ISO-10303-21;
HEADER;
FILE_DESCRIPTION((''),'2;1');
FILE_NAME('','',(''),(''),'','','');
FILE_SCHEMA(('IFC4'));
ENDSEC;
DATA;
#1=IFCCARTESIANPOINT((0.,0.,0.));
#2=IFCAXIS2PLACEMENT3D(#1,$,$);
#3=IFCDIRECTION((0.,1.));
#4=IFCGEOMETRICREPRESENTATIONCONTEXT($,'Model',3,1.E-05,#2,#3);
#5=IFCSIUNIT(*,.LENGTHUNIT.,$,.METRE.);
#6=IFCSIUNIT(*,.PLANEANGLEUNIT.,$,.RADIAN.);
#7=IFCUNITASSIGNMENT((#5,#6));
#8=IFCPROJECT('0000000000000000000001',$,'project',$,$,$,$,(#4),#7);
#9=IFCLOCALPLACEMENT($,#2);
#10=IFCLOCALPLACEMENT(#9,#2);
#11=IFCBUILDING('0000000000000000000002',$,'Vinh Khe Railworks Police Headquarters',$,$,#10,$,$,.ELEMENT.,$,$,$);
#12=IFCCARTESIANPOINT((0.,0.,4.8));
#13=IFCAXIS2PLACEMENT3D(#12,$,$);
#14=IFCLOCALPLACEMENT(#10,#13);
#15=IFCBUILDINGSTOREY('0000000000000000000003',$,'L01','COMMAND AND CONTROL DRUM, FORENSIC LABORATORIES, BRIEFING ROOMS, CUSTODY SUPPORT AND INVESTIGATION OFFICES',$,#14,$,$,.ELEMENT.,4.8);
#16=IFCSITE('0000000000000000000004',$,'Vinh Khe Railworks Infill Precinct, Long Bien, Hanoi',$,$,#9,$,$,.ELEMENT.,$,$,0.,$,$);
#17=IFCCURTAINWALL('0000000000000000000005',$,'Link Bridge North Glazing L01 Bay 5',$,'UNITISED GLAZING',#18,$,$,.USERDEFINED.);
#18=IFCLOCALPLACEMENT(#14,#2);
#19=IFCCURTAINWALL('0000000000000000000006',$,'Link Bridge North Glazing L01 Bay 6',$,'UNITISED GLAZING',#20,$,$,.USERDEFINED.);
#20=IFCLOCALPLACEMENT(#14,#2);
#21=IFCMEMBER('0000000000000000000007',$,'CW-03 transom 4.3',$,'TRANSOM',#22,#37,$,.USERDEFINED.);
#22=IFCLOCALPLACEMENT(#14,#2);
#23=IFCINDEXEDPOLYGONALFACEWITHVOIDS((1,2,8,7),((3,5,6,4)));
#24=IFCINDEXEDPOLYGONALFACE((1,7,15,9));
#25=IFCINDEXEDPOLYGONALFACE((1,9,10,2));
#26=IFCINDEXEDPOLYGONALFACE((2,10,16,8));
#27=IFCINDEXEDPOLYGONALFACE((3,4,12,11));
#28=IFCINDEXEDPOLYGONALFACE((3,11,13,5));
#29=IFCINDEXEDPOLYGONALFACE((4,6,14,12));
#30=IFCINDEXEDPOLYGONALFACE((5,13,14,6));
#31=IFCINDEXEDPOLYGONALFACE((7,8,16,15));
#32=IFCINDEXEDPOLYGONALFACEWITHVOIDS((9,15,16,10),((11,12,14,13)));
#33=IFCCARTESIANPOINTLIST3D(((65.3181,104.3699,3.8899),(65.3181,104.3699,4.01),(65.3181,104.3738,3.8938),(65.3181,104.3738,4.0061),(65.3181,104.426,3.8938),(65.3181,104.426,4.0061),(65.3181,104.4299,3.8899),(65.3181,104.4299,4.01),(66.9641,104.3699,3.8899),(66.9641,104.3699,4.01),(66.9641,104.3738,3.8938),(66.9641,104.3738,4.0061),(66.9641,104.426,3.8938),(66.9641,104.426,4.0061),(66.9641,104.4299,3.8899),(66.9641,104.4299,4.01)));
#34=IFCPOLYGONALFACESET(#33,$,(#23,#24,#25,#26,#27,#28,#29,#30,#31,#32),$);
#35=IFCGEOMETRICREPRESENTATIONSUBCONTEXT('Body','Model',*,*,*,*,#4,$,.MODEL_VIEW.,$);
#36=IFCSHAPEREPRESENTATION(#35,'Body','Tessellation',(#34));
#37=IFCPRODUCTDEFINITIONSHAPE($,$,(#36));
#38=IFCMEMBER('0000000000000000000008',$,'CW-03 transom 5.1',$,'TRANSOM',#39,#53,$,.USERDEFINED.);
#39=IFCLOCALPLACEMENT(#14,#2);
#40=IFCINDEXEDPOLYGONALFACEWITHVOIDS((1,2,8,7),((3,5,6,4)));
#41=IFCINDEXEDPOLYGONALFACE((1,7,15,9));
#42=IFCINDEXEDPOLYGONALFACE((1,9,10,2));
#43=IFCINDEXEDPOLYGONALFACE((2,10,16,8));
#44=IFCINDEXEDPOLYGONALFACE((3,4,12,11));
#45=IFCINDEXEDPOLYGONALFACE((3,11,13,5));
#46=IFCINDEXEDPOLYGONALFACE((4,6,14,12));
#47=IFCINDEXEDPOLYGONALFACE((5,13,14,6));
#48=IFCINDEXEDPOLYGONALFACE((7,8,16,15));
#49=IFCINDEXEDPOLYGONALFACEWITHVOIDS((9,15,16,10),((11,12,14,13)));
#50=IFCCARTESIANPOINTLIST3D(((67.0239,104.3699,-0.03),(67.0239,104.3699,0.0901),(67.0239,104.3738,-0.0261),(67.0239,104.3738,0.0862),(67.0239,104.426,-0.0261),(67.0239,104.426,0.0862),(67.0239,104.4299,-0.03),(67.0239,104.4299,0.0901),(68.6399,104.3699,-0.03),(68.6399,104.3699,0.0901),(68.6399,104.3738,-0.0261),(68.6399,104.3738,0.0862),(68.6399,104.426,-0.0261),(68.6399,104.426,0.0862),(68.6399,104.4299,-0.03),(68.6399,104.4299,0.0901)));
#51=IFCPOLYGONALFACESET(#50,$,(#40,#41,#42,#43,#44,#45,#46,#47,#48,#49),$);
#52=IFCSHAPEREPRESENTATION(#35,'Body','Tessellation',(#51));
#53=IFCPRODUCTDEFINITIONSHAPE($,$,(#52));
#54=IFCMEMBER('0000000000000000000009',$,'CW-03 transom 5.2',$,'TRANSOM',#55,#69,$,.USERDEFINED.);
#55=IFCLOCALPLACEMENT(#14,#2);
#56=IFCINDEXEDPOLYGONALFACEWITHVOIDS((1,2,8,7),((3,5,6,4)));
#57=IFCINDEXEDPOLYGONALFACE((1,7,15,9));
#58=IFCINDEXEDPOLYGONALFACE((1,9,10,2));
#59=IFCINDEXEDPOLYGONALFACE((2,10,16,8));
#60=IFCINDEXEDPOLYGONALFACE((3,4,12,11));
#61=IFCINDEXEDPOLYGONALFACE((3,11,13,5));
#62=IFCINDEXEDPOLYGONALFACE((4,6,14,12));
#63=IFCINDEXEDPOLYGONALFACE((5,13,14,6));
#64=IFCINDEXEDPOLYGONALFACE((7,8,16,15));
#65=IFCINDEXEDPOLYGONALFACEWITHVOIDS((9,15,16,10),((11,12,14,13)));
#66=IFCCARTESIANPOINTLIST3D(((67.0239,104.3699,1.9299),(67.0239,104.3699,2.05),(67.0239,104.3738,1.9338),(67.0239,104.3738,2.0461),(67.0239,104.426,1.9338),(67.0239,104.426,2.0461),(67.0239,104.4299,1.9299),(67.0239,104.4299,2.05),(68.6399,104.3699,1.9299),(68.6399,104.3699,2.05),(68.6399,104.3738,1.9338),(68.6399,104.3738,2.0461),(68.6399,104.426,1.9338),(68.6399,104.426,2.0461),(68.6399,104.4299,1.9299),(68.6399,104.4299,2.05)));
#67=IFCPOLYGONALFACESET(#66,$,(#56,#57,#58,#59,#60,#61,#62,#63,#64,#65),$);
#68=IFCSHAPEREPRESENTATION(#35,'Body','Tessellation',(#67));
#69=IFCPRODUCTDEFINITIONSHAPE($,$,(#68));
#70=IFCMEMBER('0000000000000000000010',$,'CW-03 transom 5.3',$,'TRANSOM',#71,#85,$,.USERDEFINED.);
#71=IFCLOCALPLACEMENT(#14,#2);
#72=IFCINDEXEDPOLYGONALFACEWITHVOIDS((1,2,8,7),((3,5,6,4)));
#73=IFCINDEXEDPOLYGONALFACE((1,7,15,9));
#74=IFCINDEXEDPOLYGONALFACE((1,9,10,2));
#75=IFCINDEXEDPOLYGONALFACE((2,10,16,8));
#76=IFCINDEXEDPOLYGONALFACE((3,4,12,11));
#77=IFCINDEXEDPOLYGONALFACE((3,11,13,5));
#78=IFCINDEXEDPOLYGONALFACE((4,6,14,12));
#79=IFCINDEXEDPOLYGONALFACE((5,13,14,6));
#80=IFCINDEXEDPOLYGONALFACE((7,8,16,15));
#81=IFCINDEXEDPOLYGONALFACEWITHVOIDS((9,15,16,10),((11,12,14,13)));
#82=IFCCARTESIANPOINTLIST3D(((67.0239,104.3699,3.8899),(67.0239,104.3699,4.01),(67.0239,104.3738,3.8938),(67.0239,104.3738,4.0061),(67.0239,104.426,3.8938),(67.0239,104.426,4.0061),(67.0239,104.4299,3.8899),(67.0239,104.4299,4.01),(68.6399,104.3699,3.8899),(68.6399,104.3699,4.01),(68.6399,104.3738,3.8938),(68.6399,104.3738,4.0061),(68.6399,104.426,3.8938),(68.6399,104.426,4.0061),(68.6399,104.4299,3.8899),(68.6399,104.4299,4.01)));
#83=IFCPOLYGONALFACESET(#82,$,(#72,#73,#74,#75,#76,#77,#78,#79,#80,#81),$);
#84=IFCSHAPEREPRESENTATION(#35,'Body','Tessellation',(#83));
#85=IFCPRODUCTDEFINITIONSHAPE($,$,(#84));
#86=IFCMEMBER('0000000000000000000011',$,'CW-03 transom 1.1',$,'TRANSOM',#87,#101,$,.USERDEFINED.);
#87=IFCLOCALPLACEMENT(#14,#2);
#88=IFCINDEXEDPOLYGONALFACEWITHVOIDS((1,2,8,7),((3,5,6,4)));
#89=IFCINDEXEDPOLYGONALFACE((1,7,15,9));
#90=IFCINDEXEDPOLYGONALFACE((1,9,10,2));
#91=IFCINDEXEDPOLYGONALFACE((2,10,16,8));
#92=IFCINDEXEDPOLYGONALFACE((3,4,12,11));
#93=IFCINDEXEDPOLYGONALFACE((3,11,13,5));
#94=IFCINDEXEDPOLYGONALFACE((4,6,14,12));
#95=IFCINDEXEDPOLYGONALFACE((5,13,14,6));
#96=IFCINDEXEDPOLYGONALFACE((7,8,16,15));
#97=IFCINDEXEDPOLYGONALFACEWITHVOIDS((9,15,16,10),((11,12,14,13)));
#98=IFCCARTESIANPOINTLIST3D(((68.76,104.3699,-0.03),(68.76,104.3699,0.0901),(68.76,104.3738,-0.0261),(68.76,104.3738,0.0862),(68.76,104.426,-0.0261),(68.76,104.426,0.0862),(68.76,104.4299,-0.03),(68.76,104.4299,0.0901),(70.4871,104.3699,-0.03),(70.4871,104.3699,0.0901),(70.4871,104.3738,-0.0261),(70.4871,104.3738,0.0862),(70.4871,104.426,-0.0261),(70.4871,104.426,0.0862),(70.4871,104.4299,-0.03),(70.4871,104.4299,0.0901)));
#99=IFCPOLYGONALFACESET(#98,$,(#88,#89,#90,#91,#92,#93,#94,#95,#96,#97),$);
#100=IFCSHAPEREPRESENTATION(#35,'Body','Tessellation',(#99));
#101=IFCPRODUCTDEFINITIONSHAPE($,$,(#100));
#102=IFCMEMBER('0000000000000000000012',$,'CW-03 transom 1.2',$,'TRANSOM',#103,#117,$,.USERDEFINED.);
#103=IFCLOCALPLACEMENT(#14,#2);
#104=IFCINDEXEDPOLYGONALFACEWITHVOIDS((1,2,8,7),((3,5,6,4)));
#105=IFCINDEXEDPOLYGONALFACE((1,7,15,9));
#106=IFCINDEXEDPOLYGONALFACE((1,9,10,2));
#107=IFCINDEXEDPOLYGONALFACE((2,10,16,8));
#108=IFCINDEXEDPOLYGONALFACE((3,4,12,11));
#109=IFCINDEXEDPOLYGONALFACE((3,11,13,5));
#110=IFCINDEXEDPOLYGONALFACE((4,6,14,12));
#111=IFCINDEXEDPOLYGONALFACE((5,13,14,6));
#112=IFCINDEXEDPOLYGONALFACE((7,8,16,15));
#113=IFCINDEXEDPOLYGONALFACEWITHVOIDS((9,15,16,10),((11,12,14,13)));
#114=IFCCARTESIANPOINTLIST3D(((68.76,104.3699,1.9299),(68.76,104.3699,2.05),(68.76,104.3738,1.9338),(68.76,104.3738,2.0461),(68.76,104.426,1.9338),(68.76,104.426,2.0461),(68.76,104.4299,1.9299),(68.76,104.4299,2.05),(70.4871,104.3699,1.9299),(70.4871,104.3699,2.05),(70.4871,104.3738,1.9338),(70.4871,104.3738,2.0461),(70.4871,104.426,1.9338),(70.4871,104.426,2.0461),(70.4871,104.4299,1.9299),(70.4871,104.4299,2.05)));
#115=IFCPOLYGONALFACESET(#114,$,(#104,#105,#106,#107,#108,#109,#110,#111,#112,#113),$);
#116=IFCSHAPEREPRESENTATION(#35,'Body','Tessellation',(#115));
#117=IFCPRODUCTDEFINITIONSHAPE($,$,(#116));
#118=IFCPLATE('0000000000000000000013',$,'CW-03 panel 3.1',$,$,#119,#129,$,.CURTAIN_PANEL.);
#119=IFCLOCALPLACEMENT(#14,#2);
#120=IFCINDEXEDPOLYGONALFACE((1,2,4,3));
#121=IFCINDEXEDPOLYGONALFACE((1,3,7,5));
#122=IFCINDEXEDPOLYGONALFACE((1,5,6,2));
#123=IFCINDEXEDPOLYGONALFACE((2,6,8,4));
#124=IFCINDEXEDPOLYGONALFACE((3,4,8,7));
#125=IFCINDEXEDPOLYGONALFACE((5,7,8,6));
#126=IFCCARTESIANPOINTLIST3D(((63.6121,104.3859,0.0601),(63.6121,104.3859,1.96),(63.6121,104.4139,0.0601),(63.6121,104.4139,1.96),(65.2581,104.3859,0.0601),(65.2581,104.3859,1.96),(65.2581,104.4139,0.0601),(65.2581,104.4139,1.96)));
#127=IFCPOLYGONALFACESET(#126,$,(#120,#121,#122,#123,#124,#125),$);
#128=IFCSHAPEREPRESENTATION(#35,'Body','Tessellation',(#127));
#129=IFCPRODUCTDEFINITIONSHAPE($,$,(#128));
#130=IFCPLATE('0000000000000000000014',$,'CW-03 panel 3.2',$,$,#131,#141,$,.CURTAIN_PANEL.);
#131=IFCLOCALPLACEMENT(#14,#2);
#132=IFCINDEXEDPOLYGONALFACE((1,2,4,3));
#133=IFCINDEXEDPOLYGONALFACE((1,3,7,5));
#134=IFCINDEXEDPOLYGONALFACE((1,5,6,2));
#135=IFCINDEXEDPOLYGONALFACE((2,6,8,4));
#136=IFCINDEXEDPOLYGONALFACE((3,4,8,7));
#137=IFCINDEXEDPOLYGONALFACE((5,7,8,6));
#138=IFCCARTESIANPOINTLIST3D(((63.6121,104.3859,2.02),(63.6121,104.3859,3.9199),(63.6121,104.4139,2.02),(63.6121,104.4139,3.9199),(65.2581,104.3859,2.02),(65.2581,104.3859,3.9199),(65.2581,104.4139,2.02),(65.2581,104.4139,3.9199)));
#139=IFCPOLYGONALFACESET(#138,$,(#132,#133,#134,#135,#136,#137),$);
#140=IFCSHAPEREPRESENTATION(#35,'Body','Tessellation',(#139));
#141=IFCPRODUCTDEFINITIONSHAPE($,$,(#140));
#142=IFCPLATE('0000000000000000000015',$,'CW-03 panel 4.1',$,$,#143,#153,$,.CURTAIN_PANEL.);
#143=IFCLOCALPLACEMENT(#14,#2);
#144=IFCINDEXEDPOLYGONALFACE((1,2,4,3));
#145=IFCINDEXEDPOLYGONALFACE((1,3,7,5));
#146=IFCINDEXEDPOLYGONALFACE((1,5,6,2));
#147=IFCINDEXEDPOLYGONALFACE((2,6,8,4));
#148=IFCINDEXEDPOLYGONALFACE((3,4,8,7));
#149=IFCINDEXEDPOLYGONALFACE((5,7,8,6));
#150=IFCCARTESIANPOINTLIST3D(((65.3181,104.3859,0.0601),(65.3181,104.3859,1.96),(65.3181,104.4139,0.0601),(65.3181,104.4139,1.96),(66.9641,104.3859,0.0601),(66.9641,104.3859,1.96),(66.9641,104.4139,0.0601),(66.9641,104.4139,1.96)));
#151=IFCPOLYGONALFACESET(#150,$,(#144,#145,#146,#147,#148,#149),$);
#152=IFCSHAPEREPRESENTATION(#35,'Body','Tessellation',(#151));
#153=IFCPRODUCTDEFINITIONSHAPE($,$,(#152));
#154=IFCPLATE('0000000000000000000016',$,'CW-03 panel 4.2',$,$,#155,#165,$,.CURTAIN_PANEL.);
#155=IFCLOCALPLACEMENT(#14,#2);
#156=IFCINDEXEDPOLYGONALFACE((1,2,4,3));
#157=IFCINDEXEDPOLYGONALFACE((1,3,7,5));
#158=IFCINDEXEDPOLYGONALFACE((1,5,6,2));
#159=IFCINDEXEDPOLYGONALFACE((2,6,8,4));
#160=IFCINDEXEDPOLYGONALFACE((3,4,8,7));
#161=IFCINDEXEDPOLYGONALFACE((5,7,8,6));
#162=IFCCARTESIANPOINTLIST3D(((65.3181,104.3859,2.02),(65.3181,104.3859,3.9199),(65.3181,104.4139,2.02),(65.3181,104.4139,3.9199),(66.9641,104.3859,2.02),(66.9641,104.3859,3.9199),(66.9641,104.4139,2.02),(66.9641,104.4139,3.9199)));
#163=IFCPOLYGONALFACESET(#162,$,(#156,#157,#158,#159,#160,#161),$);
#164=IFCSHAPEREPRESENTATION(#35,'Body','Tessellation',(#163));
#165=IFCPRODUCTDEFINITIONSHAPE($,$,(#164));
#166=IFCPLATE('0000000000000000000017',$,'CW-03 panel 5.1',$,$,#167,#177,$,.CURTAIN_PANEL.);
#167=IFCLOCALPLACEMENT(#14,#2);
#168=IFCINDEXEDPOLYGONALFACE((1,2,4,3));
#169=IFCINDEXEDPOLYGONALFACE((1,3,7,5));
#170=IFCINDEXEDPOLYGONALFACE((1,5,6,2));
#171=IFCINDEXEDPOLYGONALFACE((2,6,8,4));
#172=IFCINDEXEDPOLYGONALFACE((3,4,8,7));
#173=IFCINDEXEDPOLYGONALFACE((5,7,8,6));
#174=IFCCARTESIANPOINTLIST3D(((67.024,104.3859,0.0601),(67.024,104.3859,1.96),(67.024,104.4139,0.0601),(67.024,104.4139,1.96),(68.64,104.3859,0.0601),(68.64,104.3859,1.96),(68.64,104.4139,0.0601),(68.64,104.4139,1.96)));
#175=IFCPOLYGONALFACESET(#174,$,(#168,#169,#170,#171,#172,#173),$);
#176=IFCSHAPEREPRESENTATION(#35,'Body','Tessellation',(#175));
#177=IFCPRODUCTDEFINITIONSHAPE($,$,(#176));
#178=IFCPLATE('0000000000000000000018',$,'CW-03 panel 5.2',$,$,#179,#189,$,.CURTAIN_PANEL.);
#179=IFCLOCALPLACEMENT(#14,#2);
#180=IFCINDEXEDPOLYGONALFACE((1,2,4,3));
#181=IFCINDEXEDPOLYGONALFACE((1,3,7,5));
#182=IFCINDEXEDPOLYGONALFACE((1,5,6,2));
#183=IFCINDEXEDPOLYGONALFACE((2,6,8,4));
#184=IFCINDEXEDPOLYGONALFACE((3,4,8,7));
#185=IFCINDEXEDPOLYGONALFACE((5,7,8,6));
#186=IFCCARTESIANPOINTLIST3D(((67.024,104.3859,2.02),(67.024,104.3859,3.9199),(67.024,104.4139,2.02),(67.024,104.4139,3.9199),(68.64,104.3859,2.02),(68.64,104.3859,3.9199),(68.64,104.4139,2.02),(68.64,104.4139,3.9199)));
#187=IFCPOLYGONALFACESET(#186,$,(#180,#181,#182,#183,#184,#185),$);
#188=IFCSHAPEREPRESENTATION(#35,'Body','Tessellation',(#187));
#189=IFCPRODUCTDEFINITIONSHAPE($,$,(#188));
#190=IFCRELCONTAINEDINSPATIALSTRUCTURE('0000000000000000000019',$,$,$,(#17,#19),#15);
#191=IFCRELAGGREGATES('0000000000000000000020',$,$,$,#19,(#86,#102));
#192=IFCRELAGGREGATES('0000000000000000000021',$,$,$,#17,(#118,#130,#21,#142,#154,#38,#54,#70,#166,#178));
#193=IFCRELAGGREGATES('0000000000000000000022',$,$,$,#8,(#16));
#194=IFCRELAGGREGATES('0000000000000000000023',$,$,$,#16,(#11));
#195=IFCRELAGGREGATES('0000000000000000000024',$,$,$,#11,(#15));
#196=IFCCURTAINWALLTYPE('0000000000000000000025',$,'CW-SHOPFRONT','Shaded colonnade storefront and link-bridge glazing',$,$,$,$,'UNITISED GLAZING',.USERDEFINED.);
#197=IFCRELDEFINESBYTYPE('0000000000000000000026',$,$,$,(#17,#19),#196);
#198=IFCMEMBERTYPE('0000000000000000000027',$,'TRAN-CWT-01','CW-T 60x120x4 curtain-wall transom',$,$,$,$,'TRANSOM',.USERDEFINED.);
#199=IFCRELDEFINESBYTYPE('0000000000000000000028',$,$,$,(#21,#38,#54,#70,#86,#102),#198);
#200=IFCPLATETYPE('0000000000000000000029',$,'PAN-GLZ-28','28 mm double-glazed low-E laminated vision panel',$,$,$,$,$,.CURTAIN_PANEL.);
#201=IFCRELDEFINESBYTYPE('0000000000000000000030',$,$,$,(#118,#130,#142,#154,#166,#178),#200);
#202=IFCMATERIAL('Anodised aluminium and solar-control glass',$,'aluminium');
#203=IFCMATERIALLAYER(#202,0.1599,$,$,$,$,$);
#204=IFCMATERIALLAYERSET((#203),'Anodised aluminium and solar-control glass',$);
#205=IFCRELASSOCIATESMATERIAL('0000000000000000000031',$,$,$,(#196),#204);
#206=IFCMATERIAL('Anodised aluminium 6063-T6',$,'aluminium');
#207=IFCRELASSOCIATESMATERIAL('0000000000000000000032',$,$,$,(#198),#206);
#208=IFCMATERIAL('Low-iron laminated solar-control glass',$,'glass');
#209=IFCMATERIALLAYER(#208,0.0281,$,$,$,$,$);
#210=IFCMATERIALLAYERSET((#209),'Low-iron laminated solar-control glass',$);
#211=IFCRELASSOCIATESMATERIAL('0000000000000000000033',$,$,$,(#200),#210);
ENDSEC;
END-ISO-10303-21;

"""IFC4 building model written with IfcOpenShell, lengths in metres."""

from ifc_helpers import new_model, si_unit, direction, frame, origin, origin_2d, place, context, subcontext, project, spatial, rectangle, hollow_rectangle, extrude, material, layer, layer_set, material_profile, profile_set, type_object, element, aggregate, save


model = new_model("IFC4")

# Units and contexts
model_context = context("Model", 3, precision=1e-05, world=origin(), true_north=direction((0.0, 1.0)))
body_context = subcontext(model_context, "Body", "Model", "MODEL_VIEW")
ifc_project = project(units=[si_unit("LENGTHUNIT", "METRE"), si_unit("PLANEANGLEUNIT", "RADIAN")], contexts=[model_context])

# Site, building, storey
site_placement = place(None, origin())
site = spatial("IfcSite", under=ifc_project, at=site_placement, Name="Vinh Khe Railworks Infill Precinct, Long Bien, Hanoi", CompositionType="ELEMENT", RefElevation=0.0)
building_placement = place(site_placement, origin())
building = spatial("IfcBuilding", under=site, at=building_placement, Name="Vinh Khe Railworks Police Headquarters", CompositionType="ELEMENT")
storey_placement = place(building_placement, frame((0.0, 0.0, 4.8)))
storey = spatial("IfcBuildingStorey", under=building, at=storey_placement, Name="L01", Description="COMMAND AND CONTROL DRUM, FORENSIC LABORATORIES, BRIEFING ROOMS, CUSTODY SUPPORT AND INVESTIGATION OFFICES", CompositionType="ELEMENT", Elevation=4.8)

# Curtain wall
ifc_material_1 = material(Name="Anodised aluminium and solar-control glass", Category="aluminium")
ifc_layer_1 = layer(ifc_material_1, 0.1599)
ifc_layer_set_1 = layer_set([ifc_layer_1], Name="Anodised aluminium and solar-control glass")
curtain_wall_type = type_object("IfcCurtainWallType", Name="CW-SHOPFRONT", Description="Shaded colonnade storefront and link-bridge glazing", ElementType="UNITISED GLAZING", PredefinedType="USERDEFINED", material=ifc_layer_set_1)
curtain_wall_1_placement = place(storey_placement, origin())
curtain_wall_1 = element("IfcCurtainWall", 1, at=curtain_wall_1_placement, inside=storey, type_object=curtain_wall_type, Name="Link Bridge North Glazing L01 Bay 5", ObjectType="UNITISED GLAZING", PredefinedType="USERDEFINED")
ifc_material_2 = material(Name="Anodised aluminium 6063-T6", Category="aluminium")

# Curtain wall
curtain_wall_2_placement = place(storey_placement, origin())
curtain_wall_2 = element("IfcCurtainWall", 2, at=curtain_wall_2_placement, inside=storey, type_object=curtain_wall_type, Name="Link Bridge North Glazing L01 Bay 6", ObjectType="UNITISED GLAZING", PredefinedType="USERDEFINED")

# Members
ifc_material_profile_1 = material_profile(ifc_material_2, hollow_rectangle(XDim=0.0601, YDim=0.1201, WallThickness=0.0039, at=origin_2d()), Name="CW-T 60x120x4")
ifc_profile_set_1 = profile_set([ifc_material_profile_1], Name="Anodised aluminium 6063-T6")
member_type_1 = type_object("IfcMemberType", Name="TRAN-CWT-01", Description="CW-T 60x120x4 curtain-wall transom", ElementType="TRANSOM", PredefinedType="USERDEFINED", material=ifc_profile_set_1)
member_1_placement = place(storey_placement, frame((65.3181, 104.3999, 3.95), z_axis=(1.0, 0.0, 0.0), x_axis=(0.0, 1.0, 0.0)))
member_1 = element("IfcMember", 3, at=member_1_placement, type_object=member_type_1, Name="CW-03 transom 4.3", ObjectType="TRANSOM", PredefinedType="USERDEFINED", context=body_context, shape_type="SweptSolid", body=[
    extrude(hollow_rectangle(XDim=0.0601, YDim=0.1201, WallThickness=0.0039, at=origin_2d()), origin(), (0.0, 0.0, 1.0), 1.646),
])
member_2_placement = place(storey_placement, frame((67.0239, 104.3999, 0.03), z_axis=(1.0, 0.0, 0.0), x_axis=(0.0, 1.0, 0.0)))
member_2 = element("IfcMember", 4, at=member_2_placement, type_object=member_type_1, Name="CW-03 transom 5.1", ObjectType="TRANSOM", PredefinedType="USERDEFINED", context=body_context, shape_type="SweptSolid", body=[
    extrude(hollow_rectangle(XDim=0.0601, YDim=0.1201, WallThickness=0.0039, at=origin_2d()), origin(), (0.0, 0.0, 1.0), 1.616),
])
member_3_placement = place(storey_placement, frame((67.0239, 104.3999, 1.99), z_axis=(1.0, 0.0, 0.0), x_axis=(0.0, 1.0, 0.0)))
member_3 = element("IfcMember", 5, at=member_3_placement, type_object=member_type_1, Name="CW-03 transom 5.2", ObjectType="TRANSOM", PredefinedType="USERDEFINED", context=body_context, shape_type="SweptSolid", body=[
    extrude(hollow_rectangle(XDim=0.0601, YDim=0.1201, WallThickness=0.0039, at=origin_2d()), origin(), (0.0, 0.0, 1.0), 1.616),
])
member_4_placement = place(storey_placement, frame((67.0239, 104.3999, 3.95), z_axis=(1.0, 0.0, 0.0), x_axis=(0.0, 1.0, 0.0)))
member_4 = element("IfcMember", 6, at=member_4_placement, type_object=member_type_1, Name="CW-03 transom 5.3", ObjectType="TRANSOM", PredefinedType="USERDEFINED", context=body_context, shape_type="SweptSolid", body=[
    extrude(hollow_rectangle(XDim=0.0601, YDim=0.1201, WallThickness=0.0039, at=origin_2d()), origin(), (0.0, 0.0, 1.0), 1.616),
])
member_5_placement = place(storey_placement, frame((68.76, 104.3999, 0.03), z_axis=(1.0, 0.0, 0.0), x_axis=(0.0, 1.0, 0.0)))
member_5 = element("IfcMember", 7, at=member_5_placement, type_object=member_type_1, Name="CW-03 transom 1.1", ObjectType="TRANSOM", PredefinedType="USERDEFINED", context=body_context, shape_type="SweptSolid", body=[
    extrude(hollow_rectangle(XDim=0.0601, YDim=0.1201, WallThickness=0.0039, at=origin_2d()), origin(), (0.0, 0.0, 1.0), 1.7271),
])
member_6_placement = place(storey_placement, frame((68.76, 104.3999, 1.99), z_axis=(1.0, 0.0, 0.0), x_axis=(0.0, 1.0, 0.0)))
member_6 = element("IfcMember", 8, at=member_6_placement, type_object=member_type_1, Name="CW-03 transom 1.2", ObjectType="TRANSOM", PredefinedType="USERDEFINED", context=body_context, shape_type="SweptSolid", body=[
    extrude(hollow_rectangle(XDim=0.0601, YDim=0.1201, WallThickness=0.0039, at=origin_2d()), origin(), (0.0, 0.0, 1.0), 1.7271),
])
aggregate(curtain_wall_2, [member_5, member_6])

# Plates
ifc_material_3 = material(Name="Low-iron laminated solar-control glass", Category="glass")
ifc_layer_2 = layer(ifc_material_3, 0.0281)
ifc_layer_set_2 = layer_set([ifc_layer_2], Name="Low-iron laminated solar-control glass")
plate_type = type_object("IfcPlateType", Name="PAN-GLZ-28", Description="28 mm double-glazed low-E laminated vision panel", PredefinedType="CURTAIN_PANEL", material=ifc_layer_set_2)
plate_1_placement = place(storey_placement, frame((64.4351, 104.3999, 0.0601), z_axis=(0.0, 0.0, 1.0), x_axis=(1.0, 0.0, 0.0)))
plate_1 = element("IfcPlate", 9, at=plate_1_placement, type_object=plate_type, Name="CW-03 panel 3.1", PredefinedType="CURTAIN_PANEL", context=body_context, shape_type="SweptSolid", body=[
    extrude(rectangle(XDim=1.646, YDim=0.0281, at=origin_2d()), origin(), (0.0, 0.0, 1.0), 1.8999),
])
plate_2_placement = place(storey_placement, frame((64.4351, 104.3999, 2.02), z_axis=(0.0, 0.0, 1.0), x_axis=(1.0, 0.0, 0.0)))
plate_2 = element("IfcPlate", 10, at=plate_2_placement, type_object=plate_type, Name="CW-03 panel 3.2", PredefinedType="CURTAIN_PANEL", context=body_context, shape_type="SweptSolid", body=[
    extrude(rectangle(XDim=1.646, YDim=0.0281, at=origin_2d()), origin(), (0.0, 0.0, 1.0), 1.8999),
])
plate_3_placement = place(storey_placement, frame((66.1411, 104.3999, 0.0601), z_axis=(0.0, 0.0, 1.0), x_axis=(1.0, 0.0, 0.0)))
plate_3 = element("IfcPlate", 11, at=plate_3_placement, type_object=plate_type, Name="CW-03 panel 4.1", PredefinedType="CURTAIN_PANEL", context=body_context, shape_type="SweptSolid", body=[
    extrude(rectangle(XDim=1.646, YDim=0.0281, at=origin_2d()), origin(), (0.0, 0.0, 1.0), 1.8999),
])
plate_4_placement = place(storey_placement, frame((66.1411, 104.3999, 2.02), z_axis=(0.0, 0.0, 1.0), x_axis=(1.0, 0.0, 0.0)))
plate_4 = element("IfcPlate", 12, at=plate_4_placement, type_object=plate_type, Name="CW-03 panel 4.2", PredefinedType="CURTAIN_PANEL", context=body_context, shape_type="SweptSolid", body=[
    extrude(rectangle(XDim=1.646, YDim=0.0281, at=origin_2d()), origin(), (0.0, 0.0, 1.0), 1.8999),
])
plate_5_placement = place(storey_placement, frame((67.832, 104.3999, 0.0601), z_axis=(0.0, 0.0, 1.0), x_axis=(1.0, 0.0, 0.0)))
plate_5 = element("IfcPlate", 13, at=plate_5_placement, type_object=plate_type, Name="CW-03 panel 5.1", PredefinedType="CURTAIN_PANEL", context=body_context, shape_type="SweptSolid", body=[
    extrude(rectangle(XDim=1.616, YDim=0.0281, at=origin_2d()), origin(), (0.0, 0.0, 1.0), 1.8999),
])
plate_6_placement = place(storey_placement, frame((67.832, 104.3999, 2.02), z_axis=(0.0, 0.0, 1.0), x_axis=(1.0, 0.0, 0.0)))
plate_6 = element("IfcPlate", 14, at=plate_6_placement, type_object=plate_type, Name="CW-03 panel 5.2", PredefinedType="CURTAIN_PANEL", context=body_context, shape_type="SweptSolid", body=[
    extrude(rectangle(XDim=1.616, YDim=0.0281, at=origin_2d()), origin(), (0.0, 0.0, 1.0), 1.8999),
])
aggregate(curtain_wall_1, [plate_1, plate_2, member_1, plate_3, plate_4, member_2, member_3, member_4, plate_5, plate_6])

save(model, "model.ifc")
